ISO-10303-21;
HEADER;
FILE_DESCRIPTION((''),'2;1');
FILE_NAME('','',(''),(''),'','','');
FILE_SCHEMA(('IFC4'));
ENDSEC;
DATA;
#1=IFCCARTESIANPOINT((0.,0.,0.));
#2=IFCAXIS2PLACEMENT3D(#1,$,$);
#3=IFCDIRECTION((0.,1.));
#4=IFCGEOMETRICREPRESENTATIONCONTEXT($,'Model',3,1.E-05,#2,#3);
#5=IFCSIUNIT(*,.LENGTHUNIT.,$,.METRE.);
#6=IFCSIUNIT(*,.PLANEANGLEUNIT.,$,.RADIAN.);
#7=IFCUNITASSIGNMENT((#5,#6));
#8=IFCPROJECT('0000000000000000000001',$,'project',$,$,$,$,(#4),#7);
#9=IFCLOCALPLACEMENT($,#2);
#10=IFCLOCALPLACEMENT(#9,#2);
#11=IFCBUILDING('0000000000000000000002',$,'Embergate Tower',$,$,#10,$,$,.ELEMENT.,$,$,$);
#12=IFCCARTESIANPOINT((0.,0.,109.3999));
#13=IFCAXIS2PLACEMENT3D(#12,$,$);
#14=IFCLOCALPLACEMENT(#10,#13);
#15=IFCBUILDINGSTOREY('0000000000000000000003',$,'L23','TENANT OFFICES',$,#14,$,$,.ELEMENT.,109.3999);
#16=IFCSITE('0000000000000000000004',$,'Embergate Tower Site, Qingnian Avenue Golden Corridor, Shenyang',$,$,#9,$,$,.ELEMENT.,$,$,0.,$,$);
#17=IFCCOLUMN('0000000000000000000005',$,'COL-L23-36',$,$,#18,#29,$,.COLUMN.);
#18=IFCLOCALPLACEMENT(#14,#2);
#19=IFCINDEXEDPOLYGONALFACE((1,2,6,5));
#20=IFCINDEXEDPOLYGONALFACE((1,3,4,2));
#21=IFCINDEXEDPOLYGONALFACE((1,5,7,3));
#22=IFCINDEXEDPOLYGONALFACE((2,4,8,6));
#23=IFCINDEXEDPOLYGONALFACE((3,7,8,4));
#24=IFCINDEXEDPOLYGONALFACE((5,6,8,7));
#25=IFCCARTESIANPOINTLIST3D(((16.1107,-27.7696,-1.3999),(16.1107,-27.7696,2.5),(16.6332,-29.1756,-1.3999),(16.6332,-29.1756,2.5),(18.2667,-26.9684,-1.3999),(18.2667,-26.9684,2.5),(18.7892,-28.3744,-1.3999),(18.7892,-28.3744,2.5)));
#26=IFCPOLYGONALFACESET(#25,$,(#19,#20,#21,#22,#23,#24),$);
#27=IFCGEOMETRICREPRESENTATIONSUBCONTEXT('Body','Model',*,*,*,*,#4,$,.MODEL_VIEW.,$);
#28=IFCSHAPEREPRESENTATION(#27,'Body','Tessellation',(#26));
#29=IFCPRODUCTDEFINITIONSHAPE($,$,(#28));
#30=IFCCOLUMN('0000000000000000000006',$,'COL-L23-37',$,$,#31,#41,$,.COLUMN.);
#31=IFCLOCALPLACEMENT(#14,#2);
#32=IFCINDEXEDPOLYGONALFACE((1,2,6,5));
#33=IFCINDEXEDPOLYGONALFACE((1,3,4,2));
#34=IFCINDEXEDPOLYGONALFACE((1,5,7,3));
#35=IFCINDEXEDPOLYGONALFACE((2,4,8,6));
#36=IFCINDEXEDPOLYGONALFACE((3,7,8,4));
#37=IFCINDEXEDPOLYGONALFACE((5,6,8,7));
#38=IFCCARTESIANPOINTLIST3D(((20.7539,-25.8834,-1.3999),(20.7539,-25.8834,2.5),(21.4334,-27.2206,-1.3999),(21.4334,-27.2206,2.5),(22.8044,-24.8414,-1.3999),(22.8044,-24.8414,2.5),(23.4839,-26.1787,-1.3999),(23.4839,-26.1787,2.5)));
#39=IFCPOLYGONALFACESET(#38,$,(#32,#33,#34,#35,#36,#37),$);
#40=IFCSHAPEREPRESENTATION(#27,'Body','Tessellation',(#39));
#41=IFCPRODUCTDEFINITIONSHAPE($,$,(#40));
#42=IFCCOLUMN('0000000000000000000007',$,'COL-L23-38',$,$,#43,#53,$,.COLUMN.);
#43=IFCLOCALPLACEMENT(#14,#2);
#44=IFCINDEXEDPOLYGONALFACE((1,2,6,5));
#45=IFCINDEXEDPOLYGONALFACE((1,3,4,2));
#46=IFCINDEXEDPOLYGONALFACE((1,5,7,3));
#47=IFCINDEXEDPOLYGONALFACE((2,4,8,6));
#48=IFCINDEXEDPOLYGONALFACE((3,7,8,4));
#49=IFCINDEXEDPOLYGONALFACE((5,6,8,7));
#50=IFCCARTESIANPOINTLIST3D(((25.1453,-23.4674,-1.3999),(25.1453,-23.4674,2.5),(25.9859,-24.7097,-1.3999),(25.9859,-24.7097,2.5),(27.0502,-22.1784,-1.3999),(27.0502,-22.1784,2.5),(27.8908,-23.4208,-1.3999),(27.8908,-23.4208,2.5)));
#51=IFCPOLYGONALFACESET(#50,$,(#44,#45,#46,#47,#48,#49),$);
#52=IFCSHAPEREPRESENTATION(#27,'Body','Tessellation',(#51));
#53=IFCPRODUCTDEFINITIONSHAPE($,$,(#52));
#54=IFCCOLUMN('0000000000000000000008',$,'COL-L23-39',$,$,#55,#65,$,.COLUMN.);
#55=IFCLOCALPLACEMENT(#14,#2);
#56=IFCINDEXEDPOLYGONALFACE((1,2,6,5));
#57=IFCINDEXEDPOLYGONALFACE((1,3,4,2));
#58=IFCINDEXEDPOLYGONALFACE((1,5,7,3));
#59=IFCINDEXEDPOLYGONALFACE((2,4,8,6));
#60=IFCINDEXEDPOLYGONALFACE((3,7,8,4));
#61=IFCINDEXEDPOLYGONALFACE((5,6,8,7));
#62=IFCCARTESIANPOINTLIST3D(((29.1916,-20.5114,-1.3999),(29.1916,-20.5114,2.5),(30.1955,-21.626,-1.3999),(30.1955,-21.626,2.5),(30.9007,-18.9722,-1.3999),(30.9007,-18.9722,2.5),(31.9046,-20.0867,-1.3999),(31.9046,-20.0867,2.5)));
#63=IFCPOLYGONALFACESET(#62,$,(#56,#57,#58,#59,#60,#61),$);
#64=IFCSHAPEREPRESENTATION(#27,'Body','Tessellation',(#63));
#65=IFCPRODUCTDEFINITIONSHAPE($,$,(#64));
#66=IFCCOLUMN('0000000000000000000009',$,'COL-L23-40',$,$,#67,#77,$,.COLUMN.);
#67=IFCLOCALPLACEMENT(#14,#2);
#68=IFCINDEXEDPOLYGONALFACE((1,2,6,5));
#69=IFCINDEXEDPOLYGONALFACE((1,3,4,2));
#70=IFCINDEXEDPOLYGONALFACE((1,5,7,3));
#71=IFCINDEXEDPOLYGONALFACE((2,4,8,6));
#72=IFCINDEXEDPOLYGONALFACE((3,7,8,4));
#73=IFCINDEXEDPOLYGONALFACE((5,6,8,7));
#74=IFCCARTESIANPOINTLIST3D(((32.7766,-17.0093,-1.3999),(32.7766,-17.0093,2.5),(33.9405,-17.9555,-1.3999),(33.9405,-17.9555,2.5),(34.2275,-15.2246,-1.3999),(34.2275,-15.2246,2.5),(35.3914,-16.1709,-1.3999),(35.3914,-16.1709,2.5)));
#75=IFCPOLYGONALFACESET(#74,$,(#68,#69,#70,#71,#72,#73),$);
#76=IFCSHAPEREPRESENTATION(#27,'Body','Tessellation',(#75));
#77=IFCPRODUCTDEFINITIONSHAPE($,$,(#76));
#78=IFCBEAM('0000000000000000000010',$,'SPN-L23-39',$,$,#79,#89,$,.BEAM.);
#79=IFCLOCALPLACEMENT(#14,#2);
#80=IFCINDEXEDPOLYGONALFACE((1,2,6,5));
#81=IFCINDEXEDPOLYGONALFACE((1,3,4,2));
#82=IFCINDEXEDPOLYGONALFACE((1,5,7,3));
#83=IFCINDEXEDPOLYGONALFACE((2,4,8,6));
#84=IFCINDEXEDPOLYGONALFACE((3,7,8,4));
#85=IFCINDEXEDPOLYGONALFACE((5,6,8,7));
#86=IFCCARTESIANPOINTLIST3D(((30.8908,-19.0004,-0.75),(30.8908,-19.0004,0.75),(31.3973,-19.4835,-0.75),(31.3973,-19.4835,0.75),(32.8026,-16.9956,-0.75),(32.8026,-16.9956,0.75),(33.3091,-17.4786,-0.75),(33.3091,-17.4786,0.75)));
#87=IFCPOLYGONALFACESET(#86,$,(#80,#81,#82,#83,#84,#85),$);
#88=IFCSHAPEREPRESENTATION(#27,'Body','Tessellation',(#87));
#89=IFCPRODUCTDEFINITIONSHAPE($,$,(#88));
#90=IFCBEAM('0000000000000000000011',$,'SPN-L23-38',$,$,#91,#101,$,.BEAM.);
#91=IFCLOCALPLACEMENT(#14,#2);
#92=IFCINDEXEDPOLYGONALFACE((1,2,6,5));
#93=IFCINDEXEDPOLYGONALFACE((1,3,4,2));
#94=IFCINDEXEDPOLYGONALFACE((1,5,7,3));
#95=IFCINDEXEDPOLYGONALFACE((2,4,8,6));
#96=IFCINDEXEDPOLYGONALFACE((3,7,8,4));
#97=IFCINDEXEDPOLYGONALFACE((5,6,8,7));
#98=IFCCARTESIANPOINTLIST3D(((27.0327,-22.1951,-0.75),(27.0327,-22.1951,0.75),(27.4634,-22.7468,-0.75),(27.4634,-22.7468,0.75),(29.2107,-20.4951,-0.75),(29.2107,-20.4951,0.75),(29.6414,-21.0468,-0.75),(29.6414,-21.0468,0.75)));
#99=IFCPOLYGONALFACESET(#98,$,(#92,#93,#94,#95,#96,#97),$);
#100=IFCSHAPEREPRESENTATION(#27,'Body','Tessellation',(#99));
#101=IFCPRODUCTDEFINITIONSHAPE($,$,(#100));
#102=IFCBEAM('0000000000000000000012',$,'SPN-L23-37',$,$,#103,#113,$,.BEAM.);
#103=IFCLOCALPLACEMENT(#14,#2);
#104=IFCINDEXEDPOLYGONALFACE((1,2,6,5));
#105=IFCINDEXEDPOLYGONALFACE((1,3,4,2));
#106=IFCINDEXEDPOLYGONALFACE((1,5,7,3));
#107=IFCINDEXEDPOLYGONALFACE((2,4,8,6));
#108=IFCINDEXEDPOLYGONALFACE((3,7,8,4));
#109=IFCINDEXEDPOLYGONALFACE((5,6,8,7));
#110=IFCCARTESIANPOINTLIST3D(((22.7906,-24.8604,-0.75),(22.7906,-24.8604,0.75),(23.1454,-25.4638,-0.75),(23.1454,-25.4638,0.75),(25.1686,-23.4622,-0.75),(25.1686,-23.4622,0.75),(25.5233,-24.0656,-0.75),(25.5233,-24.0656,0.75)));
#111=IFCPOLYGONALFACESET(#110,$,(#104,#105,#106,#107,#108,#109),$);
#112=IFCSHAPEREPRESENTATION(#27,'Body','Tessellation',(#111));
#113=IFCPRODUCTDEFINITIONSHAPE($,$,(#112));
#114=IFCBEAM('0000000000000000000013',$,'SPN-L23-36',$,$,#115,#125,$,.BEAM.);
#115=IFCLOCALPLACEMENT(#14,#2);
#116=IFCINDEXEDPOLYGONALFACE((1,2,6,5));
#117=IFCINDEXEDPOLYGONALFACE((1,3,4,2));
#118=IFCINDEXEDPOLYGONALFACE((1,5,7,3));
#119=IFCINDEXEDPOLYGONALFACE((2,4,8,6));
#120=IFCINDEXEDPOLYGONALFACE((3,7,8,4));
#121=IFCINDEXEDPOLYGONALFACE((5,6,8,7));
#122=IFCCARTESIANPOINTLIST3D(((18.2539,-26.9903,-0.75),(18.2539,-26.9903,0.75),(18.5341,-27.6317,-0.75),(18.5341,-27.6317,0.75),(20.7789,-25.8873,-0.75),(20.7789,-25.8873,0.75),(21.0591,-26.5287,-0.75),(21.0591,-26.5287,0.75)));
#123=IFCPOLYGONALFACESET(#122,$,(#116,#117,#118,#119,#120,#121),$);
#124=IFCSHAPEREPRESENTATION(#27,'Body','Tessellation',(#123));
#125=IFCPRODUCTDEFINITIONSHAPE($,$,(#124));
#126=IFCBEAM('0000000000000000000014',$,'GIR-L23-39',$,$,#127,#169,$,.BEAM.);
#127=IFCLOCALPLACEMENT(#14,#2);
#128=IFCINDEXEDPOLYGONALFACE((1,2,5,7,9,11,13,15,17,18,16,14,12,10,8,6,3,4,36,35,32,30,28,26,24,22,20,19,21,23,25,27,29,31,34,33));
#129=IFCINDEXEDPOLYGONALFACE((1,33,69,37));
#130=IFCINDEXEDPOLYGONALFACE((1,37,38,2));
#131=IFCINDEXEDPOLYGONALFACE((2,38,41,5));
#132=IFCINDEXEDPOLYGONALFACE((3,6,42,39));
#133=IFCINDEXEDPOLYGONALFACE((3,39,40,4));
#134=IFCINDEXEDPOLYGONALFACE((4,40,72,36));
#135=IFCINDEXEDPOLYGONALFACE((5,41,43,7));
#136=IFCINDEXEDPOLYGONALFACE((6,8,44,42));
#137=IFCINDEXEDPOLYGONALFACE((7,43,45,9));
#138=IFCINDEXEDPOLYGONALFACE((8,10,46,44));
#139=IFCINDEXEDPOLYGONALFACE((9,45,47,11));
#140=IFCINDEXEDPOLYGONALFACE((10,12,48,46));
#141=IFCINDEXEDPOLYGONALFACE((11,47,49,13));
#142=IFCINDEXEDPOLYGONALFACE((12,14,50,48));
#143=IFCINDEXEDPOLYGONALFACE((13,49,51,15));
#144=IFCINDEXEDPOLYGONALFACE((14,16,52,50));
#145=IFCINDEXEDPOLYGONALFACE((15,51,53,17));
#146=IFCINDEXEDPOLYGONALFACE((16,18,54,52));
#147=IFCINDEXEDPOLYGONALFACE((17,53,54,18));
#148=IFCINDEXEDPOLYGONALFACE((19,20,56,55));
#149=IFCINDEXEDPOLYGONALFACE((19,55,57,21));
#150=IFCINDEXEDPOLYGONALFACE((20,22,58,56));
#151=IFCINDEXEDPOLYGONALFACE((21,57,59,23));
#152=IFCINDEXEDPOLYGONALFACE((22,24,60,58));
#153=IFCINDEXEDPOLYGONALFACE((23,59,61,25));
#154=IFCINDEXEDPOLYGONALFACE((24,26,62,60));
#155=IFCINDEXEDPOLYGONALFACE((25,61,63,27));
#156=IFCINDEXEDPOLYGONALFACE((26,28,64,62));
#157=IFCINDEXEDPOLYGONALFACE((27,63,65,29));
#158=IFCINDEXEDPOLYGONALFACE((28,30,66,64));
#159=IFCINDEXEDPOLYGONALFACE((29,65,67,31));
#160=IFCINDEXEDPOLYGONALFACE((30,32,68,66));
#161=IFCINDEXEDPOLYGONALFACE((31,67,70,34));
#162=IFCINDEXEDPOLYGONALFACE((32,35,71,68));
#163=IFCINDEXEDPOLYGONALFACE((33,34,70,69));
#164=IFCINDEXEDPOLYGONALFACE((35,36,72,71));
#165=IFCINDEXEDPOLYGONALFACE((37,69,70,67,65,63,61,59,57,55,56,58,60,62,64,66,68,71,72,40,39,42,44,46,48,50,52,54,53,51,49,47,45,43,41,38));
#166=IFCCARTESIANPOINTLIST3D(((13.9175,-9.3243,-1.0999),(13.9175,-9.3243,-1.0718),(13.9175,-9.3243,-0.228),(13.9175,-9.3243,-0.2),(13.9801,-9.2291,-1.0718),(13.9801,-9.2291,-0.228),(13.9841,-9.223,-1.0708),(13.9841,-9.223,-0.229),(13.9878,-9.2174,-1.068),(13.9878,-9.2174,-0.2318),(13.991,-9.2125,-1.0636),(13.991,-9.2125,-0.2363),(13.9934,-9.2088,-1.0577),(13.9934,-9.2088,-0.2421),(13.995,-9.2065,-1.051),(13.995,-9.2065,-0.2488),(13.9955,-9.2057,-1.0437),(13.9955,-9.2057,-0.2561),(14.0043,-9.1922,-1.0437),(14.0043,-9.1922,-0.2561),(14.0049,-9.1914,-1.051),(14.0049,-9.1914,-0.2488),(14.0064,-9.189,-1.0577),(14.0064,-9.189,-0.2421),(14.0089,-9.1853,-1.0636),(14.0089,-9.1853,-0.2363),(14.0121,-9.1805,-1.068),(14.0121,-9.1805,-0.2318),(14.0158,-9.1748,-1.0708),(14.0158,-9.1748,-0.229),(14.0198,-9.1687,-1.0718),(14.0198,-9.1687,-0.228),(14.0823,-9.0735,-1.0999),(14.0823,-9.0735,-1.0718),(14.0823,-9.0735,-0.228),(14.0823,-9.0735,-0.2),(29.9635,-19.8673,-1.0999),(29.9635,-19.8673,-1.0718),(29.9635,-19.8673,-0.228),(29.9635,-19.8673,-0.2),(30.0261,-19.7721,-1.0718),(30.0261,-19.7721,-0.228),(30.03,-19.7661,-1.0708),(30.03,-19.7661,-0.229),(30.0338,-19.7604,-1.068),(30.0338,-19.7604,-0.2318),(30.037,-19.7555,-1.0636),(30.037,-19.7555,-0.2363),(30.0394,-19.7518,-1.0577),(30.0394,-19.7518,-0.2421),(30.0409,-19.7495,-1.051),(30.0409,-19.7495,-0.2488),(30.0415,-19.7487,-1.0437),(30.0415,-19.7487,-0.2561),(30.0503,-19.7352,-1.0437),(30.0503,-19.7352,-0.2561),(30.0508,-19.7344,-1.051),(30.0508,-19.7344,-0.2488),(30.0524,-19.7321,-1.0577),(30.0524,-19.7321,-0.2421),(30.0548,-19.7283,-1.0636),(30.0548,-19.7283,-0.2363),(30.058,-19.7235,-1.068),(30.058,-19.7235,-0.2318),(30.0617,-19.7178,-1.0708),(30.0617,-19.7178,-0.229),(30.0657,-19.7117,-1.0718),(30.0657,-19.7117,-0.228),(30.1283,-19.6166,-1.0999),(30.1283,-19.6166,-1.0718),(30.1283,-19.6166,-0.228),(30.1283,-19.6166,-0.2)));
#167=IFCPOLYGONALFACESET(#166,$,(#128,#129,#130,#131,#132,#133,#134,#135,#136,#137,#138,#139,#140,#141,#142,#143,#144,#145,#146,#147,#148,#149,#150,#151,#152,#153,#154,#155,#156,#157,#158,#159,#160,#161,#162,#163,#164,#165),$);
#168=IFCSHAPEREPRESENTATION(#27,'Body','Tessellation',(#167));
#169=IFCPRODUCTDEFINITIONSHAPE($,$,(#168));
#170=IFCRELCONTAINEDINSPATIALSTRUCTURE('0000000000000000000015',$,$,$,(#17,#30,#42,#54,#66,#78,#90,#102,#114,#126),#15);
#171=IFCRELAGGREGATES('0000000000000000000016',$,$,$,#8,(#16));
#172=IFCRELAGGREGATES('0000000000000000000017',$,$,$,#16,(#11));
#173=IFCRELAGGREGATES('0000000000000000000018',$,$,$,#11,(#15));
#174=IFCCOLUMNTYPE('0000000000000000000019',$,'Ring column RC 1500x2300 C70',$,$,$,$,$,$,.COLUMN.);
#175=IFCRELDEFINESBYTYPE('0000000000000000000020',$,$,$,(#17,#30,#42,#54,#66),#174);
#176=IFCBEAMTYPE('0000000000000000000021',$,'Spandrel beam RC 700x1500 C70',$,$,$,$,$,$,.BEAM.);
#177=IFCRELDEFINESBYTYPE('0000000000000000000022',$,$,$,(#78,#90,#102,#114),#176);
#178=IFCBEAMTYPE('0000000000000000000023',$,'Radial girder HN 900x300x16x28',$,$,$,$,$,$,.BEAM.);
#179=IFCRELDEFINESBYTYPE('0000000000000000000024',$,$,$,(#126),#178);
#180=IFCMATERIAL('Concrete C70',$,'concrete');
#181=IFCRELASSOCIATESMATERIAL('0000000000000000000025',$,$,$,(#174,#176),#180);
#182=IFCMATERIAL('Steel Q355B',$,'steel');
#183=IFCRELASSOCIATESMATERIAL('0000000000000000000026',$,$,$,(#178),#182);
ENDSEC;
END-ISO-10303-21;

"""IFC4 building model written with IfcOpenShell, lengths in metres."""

from ifc_helpers import new_model, si_unit, direction, frame, origin, origin_2d, place, context, subcontext, project, spatial, rectangle, i_section, extrude, source, transform, mapped, material, material_profile, profile_set, type_object, element, save


model = new_model("IFC4")

# Units and contexts
model_context = context("Model", 3, precision=1e-05, world=origin(), true_north=direction((0.0, 1.0)))
body_context = subcontext(model_context, "Body", "Model", "MODEL_VIEW")
ifc_project = project(units=[si_unit("LENGTHUNIT", "METRE"), si_unit("PLANEANGLEUNIT", "RADIAN")], contexts=[model_context])

# Site, building, storey
site_placement = place(None, origin())
site = spatial("IfcSite", under=ifc_project, at=site_placement, Name="Embergate Tower Site, Qingnian Avenue Golden Corridor, Shenyang", CompositionType="ELEMENT", RefElevation=0.0)
building_placement = place(site_placement, origin())
building = spatial("IfcBuilding", under=site, at=building_placement, Name="Embergate Tower", CompositionType="ELEMENT")
storey_placement = place(building_placement, frame((0.0, 0.0, 109.3999)))
storey = spatial("IfcBuildingStorey", under=building, at=storey_placement, Name="L23", Description="TENANT OFFICES", CompositionType="ELEMENT", Elevation=109.3999)

# Columns
ifc_material_1 = material(Name="Concrete C70", Category="concrete")
ifc_material_profile_1 = material_profile(ifc_material_1, rectangle(XDim=1.5, YDim=2.3, at=origin_2d()), Name="RC 1500x2300")
ifc_profile_set_1 = profile_set([ifc_material_profile_1], Name="Concrete C70")
column_type = type_object("IfcColumnType", Name="Ring column RC 1500x2300 C70", PredefinedType="COLUMN", material=ifc_profile_set_1)
shared_shape_1 = source(origin(), body_context, "Body", "SweptSolid", [
    extrude(rectangle(XDim=1.5, YDim=2.3, at=origin_2d()), origin(), (0.0, 0.0, 1.0), 3.8999),
])
for number, where, z_axis, x_axis, name in (
    (1, (17.45, -28.072, -1.3999), (0.0, 0.0, 1.0), (0.348343, -0.937367, 0.0), "COL-L23-36"),
    (2, (22.1189, -26.031, -1.3999), (0.0, 0.0, 1.0), (0.453011, -0.891505, 0.0), "COL-L23-37"),
    (3, (26.5181, -23.4441, -1.3999), (0.0, 0.0, 1.0), (0.560408, -0.828217, 0.0), "COL-L23-38"),
    (4, (30.5481, -20.2991, -1.3999), (0.0, 0.0, 1.0), (0.669221, -0.743063, 0.0), "COL-L23-39"),
    (5, (34.084, -16.5901, -1.3999), (0.0, 0.0, 1.0), (0.775925, -0.630825, 0.0), "COL-L23-40"),
):
    element("IfcColumn", number, at=place(storey_placement, frame(where, z_axis=z_axis, x_axis=x_axis)), inside=storey, type_object=column_type, Name=name, PredefinedType="COLUMN", context=body_context, shape_type="MappedRepresentation", body=[
        mapped(shared_shape_1, transform((0.0, 0.0, 0.0))),
    ])

# Beams
ifc_material_profile_2 = material_profile(ifc_material_1, rectangle(XDim=0.7, YDim=1.5, at=origin_2d()), Name="RC 700x1500")
ifc_profile_set_2 = profile_set([ifc_material_profile_2], Name="Concrete C70")
beam_type_1 = type_object("IfcBeamType", Name="Spandrel beam RC 700x1500 C70", PredefinedType="BEAM", material=ifc_profile_set_2)
shared_shape_2 = source(origin(), body_context, "Body", "SweptSolid", [
    extrude(rectangle(XDim=0.7, YDim=1.5, at=origin_2d()), origin(), (0.0, 0.0, 1.0), 2.7703),
])
beam_1_placement = place(storey_placement, frame((31.144, -19.2419, 0.0), z_axis=(0.690119, 0.723696, 0.0), x_axis=(-0.723696, 0.690119, 0.0)))
element("IfcBeam", 6, at=beam_1_placement, inside=storey, type_object=beam_type_1, Name="SPN-L23-39", PredefinedType="BEAM", context=body_context, shape_type="MappedRepresentation", body=[
    mapped(shared_shape_2, transform((0.0, 0.0, 0.0))),
])
shared_shape_3 = source(origin(), body_context, "Body", "SweptSolid", [
    extrude(rectangle(XDim=0.7, YDim=1.5, at=origin_2d()), origin(), (0.0, 0.0, 1.0), 2.7629),
])
beam_2_placement = place(storey_placement, frame((27.248, -22.4709, 0.0), z_axis=(0.788304, 0.615286, 0.0), x_axis=(-0.615286, 0.788304, 0.0)))
element("IfcBeam", 7, at=beam_2_placement, inside=storey, type_object=beam_type_1, Name="SPN-L23-38", PredefinedType="BEAM", context=body_context, shape_type="MappedRepresentation", body=[
    mapped(shared_shape_3, transform((0.0, 0.0, 0.0))),
])
shared_shape_4 = source(origin(), body_context, "Body", "SweptSolid", [
    extrude(rectangle(XDim=0.7, YDim=1.5, at=origin_2d()), origin(), (0.0, 0.0, 1.0), 2.7585),
])
beam_3_placement = place(storey_placement, frame((22.968, -25.1621, 0.0), z_axis=(0.862027, 0.506862, 0.0), x_axis=(-0.506862, 0.862027, 0.0)))
element("IfcBeam", 8, at=beam_3_placement, inside=storey, type_object=beam_type_1, Name="SPN-L23-37", PredefinedType="BEAM", context=body_context, shape_type="MappedRepresentation", body=[
    mapped(shared_shape_4, transform((0.0, 0.0, 0.0))),
])
shared_shape_5 = source(origin(), body_context, "Body", "SweptSolid", [
    extrude(rectangle(XDim=0.7, YDim=1.5, at=origin_2d()), origin(), (0.0, 0.0, 1.0), 2.7554),
])
beam_4_placement = place(storey_placement, frame((18.394, -27.311, 0.0), z_axis=(0.916373, 0.400326, 0.0), x_axis=(-0.400326, 0.916373, 0.0)))
element("IfcBeam", 9, at=beam_4_placement, inside=storey, type_object=beam_type_1, Name="SPN-L23-36", PredefinedType="BEAM", context=body_context, shape_type="MappedRepresentation", body=[
    mapped(shared_shape_5, transform((0.0, 0.0, 0.0))),
])
ifc_material_2 = material(Name="Steel Q355B", Category="steel")
ifc_material_profile_3 = material_profile(ifc_material_2, i_section(OverallWidth=0.3, OverallDepth=0.8999, WebThickness=0.0161, FlangeThickness=0.0281, FilletRadius=0.0281, at=origin_2d()), Name="HN 900x300x16x28")
ifc_profile_set_3 = profile_set([ifc_material_profile_3], Name="Steel Q355 grade B")
beam_type_2 = type_object("IfcBeamType", Name="Radial girder HN 900x300x16x28", PredefinedType="BEAM", material=ifc_profile_set_3)
shared_shape_6 = source(origin(), body_context, "Body", "SweptSolid", [
    extrude(i_section(OverallWidth=0.3, OverallDepth=0.8999, WebThickness=0.0161, FlangeThickness=0.0281, FilletRadius=0.0281, at=origin_2d()), origin(), (0.0, 0.0, 1.0), 19.1997),
])
beam_5_placement = place(storey_placement, frame((30.0459, -19.7419, -0.6499), z_axis=(-0.835741, 0.549124, 0.0), x_axis=(-0.549124, -0.835741, 0.0)))
element("IfcBeam", 10, at=beam_5_placement, inside=storey, type_object=beam_type_2, Name="GIR-L23-39", PredefinedType="BEAM", context=body_context, shape_type="MappedRepresentation", body=[
    mapped(shared_shape_6, transform((0.0, 0.0, 0.0))),
])

save(model, "model.ifc")
